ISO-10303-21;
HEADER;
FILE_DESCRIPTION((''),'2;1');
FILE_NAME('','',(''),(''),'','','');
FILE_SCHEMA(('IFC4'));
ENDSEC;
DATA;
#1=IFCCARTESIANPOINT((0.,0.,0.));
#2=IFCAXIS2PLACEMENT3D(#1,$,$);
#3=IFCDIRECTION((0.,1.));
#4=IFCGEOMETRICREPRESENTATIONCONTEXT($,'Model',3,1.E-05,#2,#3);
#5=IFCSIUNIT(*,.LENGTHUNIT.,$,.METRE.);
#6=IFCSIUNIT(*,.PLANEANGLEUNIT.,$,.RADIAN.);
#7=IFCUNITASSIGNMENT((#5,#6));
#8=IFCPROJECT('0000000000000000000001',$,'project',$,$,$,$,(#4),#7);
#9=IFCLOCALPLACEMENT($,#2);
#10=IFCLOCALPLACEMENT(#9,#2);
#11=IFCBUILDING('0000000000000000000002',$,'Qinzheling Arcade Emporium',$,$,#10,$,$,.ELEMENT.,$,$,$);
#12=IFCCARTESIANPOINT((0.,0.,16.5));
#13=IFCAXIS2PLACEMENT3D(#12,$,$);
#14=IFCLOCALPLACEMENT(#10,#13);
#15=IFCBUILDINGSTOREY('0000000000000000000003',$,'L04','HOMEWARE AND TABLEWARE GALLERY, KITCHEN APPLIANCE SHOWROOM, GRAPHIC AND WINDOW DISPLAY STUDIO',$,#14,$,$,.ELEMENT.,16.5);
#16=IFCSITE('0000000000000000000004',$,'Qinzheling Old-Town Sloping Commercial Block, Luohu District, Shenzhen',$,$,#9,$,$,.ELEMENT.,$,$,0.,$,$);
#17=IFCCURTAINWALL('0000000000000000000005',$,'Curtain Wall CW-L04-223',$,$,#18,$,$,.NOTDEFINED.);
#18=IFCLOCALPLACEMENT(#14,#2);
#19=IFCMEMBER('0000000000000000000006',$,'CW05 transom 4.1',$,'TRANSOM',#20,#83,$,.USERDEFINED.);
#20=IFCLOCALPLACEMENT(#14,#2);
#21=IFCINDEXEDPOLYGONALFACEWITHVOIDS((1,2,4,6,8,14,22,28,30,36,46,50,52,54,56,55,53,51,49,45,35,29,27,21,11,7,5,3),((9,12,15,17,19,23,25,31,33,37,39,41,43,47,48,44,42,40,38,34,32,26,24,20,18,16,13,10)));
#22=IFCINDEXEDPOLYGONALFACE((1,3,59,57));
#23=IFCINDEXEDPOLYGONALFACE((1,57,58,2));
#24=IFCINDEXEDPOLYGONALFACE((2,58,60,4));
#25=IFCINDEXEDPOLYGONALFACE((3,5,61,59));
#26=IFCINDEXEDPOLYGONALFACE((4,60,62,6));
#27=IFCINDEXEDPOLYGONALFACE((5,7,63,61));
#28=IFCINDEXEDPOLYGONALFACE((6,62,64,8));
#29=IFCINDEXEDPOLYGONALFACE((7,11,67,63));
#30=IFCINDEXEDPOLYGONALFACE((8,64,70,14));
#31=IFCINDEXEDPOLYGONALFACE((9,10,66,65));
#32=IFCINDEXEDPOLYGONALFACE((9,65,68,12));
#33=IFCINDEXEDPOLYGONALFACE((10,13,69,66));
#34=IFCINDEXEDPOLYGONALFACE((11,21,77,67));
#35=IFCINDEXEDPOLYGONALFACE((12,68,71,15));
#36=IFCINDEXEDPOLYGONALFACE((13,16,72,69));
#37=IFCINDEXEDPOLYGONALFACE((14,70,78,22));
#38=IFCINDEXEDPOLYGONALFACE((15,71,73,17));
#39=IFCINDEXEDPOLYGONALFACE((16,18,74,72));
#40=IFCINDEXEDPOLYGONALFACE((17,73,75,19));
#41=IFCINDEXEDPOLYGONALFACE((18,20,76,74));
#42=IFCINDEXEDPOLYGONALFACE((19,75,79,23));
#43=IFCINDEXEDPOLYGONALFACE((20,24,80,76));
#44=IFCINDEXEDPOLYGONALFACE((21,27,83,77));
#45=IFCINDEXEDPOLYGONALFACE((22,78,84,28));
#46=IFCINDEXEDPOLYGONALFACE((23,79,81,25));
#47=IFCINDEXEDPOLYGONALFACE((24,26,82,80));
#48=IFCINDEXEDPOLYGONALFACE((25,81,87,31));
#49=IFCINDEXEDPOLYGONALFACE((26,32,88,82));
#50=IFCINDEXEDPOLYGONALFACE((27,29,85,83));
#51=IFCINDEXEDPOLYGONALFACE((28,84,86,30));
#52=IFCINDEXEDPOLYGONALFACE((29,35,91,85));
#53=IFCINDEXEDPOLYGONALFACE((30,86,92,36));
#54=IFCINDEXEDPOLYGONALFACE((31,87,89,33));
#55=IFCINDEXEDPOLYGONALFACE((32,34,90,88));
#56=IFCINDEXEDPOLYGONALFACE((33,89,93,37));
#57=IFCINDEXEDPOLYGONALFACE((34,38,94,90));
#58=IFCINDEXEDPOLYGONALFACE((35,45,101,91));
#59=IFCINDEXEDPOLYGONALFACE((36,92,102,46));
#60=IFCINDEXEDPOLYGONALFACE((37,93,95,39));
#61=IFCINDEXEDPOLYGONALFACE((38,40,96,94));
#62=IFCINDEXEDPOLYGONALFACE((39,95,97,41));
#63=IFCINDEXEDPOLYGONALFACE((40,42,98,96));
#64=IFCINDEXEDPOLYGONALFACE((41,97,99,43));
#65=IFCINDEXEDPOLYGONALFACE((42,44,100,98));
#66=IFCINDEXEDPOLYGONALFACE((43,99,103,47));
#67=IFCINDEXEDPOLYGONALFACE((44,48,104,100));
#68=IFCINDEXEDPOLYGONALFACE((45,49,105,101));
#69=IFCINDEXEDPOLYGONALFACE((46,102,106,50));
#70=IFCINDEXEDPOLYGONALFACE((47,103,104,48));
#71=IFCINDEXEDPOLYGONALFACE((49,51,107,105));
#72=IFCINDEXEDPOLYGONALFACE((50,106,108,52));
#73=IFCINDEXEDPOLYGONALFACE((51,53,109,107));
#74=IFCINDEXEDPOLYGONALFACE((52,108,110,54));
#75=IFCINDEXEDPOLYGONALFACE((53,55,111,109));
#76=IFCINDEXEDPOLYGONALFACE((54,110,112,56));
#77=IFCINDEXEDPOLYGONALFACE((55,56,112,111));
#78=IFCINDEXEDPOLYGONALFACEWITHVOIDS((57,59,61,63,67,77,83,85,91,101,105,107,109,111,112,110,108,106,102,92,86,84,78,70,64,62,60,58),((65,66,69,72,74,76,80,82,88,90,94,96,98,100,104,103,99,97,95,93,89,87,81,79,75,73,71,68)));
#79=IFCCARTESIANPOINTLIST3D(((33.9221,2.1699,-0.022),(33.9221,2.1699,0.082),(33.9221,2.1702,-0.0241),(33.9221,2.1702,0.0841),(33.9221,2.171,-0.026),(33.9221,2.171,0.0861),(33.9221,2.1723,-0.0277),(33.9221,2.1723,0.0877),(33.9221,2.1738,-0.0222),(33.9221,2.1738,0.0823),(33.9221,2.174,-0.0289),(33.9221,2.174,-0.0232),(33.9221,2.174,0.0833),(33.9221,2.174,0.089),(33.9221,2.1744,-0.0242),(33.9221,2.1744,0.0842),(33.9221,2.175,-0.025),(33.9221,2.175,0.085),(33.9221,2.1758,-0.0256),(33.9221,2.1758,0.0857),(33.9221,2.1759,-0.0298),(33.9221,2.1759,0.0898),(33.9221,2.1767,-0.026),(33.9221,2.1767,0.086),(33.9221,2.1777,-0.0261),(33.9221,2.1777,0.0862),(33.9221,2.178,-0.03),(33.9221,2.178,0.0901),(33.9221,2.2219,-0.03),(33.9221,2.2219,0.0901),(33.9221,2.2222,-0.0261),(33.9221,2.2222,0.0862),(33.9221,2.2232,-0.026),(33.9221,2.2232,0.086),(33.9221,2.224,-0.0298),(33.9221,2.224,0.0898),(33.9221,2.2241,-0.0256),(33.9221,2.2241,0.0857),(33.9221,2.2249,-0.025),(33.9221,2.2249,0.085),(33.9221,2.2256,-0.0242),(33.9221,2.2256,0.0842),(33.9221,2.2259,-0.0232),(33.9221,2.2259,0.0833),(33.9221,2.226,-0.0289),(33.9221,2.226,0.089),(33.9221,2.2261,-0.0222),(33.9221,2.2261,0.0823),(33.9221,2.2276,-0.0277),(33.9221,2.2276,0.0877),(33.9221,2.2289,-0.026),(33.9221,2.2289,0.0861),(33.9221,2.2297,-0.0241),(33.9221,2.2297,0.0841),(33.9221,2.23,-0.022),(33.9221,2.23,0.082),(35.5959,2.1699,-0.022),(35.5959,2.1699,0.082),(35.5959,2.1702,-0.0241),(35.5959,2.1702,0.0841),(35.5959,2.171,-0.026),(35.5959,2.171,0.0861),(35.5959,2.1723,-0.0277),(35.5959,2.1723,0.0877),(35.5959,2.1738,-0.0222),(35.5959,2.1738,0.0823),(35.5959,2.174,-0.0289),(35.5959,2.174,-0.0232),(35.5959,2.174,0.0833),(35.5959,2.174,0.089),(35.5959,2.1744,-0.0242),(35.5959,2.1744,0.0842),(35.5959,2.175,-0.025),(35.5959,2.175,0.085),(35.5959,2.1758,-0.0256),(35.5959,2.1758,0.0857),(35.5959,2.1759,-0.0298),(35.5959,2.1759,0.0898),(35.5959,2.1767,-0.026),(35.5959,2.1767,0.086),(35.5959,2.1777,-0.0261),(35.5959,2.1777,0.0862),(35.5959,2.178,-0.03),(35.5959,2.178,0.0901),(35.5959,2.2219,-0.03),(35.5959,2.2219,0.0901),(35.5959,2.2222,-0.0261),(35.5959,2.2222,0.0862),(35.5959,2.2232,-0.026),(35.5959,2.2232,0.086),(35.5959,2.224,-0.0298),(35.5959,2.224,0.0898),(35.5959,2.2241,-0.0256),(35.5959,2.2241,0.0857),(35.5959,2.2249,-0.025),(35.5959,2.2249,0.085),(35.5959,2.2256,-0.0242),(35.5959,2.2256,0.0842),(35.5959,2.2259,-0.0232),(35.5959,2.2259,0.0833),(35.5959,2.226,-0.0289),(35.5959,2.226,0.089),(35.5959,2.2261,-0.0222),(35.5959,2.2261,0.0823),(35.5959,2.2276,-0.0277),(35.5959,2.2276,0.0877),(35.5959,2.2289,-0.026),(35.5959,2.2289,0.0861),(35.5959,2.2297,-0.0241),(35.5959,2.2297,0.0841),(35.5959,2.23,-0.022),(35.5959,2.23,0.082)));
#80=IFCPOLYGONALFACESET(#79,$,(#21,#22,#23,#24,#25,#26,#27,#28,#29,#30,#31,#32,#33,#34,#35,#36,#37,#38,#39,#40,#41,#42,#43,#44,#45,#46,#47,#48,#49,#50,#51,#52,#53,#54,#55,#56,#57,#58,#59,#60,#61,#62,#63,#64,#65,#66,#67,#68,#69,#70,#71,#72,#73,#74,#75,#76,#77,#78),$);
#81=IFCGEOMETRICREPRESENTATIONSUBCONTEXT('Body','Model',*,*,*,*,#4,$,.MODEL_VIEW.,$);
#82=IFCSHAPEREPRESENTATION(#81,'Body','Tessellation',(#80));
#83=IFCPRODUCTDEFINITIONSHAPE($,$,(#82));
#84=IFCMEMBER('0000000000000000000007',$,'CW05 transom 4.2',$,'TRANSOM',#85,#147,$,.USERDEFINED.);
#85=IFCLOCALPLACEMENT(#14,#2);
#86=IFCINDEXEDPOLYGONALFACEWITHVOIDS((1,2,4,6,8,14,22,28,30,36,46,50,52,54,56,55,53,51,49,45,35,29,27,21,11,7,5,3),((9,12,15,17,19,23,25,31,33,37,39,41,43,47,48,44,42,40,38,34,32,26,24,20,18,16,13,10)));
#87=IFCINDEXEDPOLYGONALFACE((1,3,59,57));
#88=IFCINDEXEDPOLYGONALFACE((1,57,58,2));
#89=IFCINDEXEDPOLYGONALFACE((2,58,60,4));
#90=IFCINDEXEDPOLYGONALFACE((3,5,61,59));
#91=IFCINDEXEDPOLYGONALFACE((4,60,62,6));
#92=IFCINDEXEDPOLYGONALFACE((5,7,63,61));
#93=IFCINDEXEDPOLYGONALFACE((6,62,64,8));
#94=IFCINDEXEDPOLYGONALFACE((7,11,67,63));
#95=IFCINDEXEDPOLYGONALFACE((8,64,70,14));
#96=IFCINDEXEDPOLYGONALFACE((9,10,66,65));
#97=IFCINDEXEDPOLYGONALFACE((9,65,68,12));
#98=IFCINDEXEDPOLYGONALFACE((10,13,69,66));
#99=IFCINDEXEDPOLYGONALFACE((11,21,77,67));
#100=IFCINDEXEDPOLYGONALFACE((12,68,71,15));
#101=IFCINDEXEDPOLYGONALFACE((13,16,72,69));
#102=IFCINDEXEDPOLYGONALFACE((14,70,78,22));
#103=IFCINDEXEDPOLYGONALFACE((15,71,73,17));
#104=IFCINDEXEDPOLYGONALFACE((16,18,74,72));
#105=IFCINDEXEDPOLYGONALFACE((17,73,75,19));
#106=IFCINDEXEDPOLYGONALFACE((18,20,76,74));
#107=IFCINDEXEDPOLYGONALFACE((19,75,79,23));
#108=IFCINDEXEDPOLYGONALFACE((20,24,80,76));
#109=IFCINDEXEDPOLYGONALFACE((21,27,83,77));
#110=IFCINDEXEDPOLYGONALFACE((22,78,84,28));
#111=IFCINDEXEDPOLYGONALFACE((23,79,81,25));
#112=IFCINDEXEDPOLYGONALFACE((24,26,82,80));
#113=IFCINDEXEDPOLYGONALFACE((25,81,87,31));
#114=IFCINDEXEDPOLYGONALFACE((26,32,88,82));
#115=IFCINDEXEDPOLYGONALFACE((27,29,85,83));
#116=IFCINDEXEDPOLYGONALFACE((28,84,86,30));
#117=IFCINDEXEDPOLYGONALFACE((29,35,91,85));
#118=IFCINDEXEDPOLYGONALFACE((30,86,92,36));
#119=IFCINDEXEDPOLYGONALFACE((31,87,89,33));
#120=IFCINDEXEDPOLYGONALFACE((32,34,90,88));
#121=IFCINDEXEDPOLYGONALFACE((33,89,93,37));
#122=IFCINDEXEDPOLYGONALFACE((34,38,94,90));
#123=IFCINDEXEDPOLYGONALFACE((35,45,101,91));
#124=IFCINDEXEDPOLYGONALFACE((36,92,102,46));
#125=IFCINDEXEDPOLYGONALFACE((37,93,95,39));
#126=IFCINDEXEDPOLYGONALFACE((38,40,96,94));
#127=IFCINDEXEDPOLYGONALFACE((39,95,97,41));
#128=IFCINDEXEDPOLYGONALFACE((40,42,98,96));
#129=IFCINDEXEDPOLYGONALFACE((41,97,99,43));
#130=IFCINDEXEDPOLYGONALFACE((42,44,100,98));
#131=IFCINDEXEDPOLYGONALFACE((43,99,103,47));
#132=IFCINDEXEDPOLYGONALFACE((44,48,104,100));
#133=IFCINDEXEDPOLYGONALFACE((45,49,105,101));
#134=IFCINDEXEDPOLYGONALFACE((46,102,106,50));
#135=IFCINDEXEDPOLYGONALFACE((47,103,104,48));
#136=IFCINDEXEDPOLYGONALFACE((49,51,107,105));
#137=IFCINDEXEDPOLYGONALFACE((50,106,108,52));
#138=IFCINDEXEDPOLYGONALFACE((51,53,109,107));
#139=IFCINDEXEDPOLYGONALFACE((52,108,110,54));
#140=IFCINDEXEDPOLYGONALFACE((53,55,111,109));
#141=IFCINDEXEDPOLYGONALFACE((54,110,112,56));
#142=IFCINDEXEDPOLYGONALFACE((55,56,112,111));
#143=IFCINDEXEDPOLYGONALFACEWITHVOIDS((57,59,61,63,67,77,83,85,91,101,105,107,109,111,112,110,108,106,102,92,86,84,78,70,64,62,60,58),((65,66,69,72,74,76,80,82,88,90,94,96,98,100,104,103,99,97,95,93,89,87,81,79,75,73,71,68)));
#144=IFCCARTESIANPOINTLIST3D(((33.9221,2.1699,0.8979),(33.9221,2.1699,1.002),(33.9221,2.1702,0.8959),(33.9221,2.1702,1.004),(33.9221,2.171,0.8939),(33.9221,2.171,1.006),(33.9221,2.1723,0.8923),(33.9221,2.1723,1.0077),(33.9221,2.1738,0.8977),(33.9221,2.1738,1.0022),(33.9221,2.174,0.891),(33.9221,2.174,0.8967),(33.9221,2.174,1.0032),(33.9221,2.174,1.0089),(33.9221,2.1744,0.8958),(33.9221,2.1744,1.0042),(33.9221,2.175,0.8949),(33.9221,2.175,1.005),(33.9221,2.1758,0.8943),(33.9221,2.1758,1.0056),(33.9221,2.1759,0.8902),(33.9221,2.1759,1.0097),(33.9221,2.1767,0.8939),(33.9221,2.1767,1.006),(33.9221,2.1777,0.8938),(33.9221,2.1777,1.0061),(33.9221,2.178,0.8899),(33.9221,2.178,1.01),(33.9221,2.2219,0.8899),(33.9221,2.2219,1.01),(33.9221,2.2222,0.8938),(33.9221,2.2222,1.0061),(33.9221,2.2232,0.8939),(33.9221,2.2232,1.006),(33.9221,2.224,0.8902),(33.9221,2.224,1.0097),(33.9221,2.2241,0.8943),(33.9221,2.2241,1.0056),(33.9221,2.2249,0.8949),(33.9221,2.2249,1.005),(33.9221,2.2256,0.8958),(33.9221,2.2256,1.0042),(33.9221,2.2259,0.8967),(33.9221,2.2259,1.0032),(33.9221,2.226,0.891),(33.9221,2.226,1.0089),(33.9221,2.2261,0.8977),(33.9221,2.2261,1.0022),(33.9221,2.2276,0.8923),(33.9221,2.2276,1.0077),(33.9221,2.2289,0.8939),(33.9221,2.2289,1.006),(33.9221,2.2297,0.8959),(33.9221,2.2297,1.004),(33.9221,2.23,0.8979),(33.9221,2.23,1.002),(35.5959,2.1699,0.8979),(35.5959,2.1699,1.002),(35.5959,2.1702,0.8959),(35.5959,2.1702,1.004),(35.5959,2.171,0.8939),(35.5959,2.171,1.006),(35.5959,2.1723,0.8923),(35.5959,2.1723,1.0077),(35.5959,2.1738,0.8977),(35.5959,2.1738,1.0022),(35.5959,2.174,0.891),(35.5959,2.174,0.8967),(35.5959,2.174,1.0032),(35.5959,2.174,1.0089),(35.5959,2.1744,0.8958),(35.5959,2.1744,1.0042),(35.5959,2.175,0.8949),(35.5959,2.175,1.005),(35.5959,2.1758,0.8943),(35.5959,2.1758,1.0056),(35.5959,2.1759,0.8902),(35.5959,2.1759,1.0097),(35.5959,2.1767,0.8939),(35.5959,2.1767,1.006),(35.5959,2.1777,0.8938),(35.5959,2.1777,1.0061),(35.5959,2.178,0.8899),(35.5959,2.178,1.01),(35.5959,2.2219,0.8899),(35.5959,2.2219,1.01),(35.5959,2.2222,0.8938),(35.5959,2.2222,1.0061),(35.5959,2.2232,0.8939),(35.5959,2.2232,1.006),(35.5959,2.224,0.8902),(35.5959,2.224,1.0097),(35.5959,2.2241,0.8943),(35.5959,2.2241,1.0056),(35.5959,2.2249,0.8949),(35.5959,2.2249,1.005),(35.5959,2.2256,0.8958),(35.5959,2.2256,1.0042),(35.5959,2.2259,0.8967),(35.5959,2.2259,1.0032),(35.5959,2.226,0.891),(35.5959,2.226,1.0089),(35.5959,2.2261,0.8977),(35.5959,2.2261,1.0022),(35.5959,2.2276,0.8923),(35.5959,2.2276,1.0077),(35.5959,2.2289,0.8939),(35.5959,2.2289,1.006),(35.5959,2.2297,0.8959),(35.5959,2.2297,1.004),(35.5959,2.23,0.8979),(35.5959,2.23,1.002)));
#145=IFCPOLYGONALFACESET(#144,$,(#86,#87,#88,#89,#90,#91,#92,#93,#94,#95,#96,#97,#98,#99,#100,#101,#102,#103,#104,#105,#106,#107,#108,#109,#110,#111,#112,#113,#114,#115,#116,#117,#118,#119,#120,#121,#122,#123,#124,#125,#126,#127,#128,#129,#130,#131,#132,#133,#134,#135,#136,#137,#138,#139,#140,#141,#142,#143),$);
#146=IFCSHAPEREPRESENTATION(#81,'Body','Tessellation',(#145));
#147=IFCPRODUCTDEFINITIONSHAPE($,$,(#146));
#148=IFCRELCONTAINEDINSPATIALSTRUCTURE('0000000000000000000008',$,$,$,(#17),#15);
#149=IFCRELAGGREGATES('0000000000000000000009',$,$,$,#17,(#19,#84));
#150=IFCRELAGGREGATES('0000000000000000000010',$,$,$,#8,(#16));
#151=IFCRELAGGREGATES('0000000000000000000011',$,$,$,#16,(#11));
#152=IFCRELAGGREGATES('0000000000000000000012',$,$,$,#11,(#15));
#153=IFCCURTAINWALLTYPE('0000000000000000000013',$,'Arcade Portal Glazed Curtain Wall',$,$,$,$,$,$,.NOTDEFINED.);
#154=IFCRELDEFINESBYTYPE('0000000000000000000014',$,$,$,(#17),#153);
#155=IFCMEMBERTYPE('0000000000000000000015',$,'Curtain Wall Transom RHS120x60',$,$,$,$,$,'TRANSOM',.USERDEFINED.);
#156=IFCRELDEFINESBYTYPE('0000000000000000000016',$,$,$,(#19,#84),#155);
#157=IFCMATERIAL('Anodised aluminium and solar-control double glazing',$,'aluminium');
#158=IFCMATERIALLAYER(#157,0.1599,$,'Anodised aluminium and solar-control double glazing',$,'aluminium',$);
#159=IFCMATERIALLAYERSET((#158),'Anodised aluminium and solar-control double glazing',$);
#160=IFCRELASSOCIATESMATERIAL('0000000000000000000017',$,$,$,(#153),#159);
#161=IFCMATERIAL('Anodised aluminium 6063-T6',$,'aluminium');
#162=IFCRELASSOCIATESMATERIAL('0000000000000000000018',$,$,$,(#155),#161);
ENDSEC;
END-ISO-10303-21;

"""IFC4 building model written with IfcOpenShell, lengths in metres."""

from ifc_helpers import new_model, si_unit, direction, frame, origin, origin_2d, place, context, subcontext, project, spatial, hollow_rectangle, extrude, material, layer, layer_set, material_profile, profile_set, type_object, element, aggregate, save


model = new_model("IFC4")

# Units and contexts
model_context = context("Model", 3, precision=1e-05, world=origin(), true_north=direction((0.0, 1.0)))
body_context = subcontext(model_context, "Body", "Model", "MODEL_VIEW")
ifc_project = project(units=[si_unit("LENGTHUNIT", "METRE"), si_unit("PLANEANGLEUNIT", "RADIAN")], contexts=[model_context])

# Site, building, storey
site_placement = place(None, origin())
site = spatial("IfcSite", under=ifc_project, at=site_placement, Name="Qinzheling Old-Town Sloping Commercial Block, Luohu District, Shenzhen", CompositionType="ELEMENT", RefElevation=0.0)
building_placement = place(site_placement, origin())
building = spatial("IfcBuilding", under=site, at=building_placement, Name="Qinzheling Arcade Emporium", CompositionType="ELEMENT")
storey_placement = place(building_placement, frame((0.0, 0.0, 16.5)))
storey = spatial("IfcBuildingStorey", under=building, at=storey_placement, Name="L04", Description="HOMEWARE AND TABLEWARE GALLERY, KITCHEN APPLIANCE SHOWROOM, GRAPHIC AND WINDOW DISPLAY STUDIO", CompositionType="ELEMENT", Elevation=16.5)

# Curtain wall
ifc_material_1 = material(Name="Anodised aluminium and solar-control double glazing", Category="aluminium")
ifc_layer_1 = layer(ifc_material_1, 0.1599, Name="Anodised aluminium and solar-control double glazing", Category="aluminium")
ifc_layer_set_1 = layer_set([ifc_layer_1], Name="Anodised aluminium and solar-control double glazing")
curtain_wall_type = type_object("IfcCurtainWallType", Name="Arcade Portal Glazed Curtain Wall", PredefinedType="NOTDEFINED", material=ifc_layer_set_1)
curtain_wall_1_placement = place(storey_placement, origin())
curtain_wall_1 = element("IfcCurtainWall", 1, at=curtain_wall_1_placement, inside=storey, type_object=curtain_wall_type, Name="Curtain Wall CW-L04-223", PredefinedType="NOTDEFINED")
ifc_material_2 = material(Name="Anodised aluminium 6063-T6", Category="aluminium")

# Members
ifc_material_profile_1 = material_profile(ifc_material_2, hollow_rectangle(XDim=0.0601, YDim=0.1201, WallThickness=0.0039, InnerFilletRadius=0.0039, OuterFilletRadius=0.0081, at=origin_2d()), Name="RHS 120x60x4", Category="aluminium")
ifc_profile_set_1 = profile_set([ifc_material_profile_1], Name="Anodised aluminium 6063-T6")
member_type_1 = type_object("IfcMemberType", Name="Curtain Wall Transom RHS120x60", ElementType="TRANSOM", PredefinedType="USERDEFINED", material=ifc_profile_set_1)
member_1_placement = place(storey_placement, frame((35.5959, 2.2, 0.03), z_axis=(-1.0, 0.0, 0.0), x_axis=(0.0, -1.0, 0.0)))
member_1 = element("IfcMember", 2, at=member_1_placement, type_object=member_type_1, Name="CW05 transom 4.1", ObjectType="TRANSOM", PredefinedType="USERDEFINED", context=body_context, shape_type="SweptSolid", body=[
    extrude(hollow_rectangle(XDim=0.0601, YDim=0.1201, WallThickness=0.0039, InnerFilletRadius=0.0039, OuterFilletRadius=0.0081, at=origin_2d()), origin(), (0.0, 0.0, 1.0), 1.6738),
])
member_2_placement = place(storey_placement, frame((35.5959, 2.2, 0.95), z_axis=(-1.0, 0.0, 0.0), x_axis=(0.0, -1.0, 0.0)))
member_2 = element("IfcMember", 3, at=member_2_placement, type_object=member_type_1, Name="CW05 transom 4.2", ObjectType="TRANSOM", PredefinedType="USERDEFINED", context=body_context, shape_type="SweptSolid", body=[
    extrude(hollow_rectangle(XDim=0.0601, YDim=0.1201, WallThickness=0.0039, InnerFilletRadius=0.0039, OuterFilletRadius=0.0081, at=origin_2d()), origin(), (0.0, 0.0, 1.0), 1.6738),
])

aggregate(curtain_wall_1, [member_1, member_2])

save(model, "model.ifc")
